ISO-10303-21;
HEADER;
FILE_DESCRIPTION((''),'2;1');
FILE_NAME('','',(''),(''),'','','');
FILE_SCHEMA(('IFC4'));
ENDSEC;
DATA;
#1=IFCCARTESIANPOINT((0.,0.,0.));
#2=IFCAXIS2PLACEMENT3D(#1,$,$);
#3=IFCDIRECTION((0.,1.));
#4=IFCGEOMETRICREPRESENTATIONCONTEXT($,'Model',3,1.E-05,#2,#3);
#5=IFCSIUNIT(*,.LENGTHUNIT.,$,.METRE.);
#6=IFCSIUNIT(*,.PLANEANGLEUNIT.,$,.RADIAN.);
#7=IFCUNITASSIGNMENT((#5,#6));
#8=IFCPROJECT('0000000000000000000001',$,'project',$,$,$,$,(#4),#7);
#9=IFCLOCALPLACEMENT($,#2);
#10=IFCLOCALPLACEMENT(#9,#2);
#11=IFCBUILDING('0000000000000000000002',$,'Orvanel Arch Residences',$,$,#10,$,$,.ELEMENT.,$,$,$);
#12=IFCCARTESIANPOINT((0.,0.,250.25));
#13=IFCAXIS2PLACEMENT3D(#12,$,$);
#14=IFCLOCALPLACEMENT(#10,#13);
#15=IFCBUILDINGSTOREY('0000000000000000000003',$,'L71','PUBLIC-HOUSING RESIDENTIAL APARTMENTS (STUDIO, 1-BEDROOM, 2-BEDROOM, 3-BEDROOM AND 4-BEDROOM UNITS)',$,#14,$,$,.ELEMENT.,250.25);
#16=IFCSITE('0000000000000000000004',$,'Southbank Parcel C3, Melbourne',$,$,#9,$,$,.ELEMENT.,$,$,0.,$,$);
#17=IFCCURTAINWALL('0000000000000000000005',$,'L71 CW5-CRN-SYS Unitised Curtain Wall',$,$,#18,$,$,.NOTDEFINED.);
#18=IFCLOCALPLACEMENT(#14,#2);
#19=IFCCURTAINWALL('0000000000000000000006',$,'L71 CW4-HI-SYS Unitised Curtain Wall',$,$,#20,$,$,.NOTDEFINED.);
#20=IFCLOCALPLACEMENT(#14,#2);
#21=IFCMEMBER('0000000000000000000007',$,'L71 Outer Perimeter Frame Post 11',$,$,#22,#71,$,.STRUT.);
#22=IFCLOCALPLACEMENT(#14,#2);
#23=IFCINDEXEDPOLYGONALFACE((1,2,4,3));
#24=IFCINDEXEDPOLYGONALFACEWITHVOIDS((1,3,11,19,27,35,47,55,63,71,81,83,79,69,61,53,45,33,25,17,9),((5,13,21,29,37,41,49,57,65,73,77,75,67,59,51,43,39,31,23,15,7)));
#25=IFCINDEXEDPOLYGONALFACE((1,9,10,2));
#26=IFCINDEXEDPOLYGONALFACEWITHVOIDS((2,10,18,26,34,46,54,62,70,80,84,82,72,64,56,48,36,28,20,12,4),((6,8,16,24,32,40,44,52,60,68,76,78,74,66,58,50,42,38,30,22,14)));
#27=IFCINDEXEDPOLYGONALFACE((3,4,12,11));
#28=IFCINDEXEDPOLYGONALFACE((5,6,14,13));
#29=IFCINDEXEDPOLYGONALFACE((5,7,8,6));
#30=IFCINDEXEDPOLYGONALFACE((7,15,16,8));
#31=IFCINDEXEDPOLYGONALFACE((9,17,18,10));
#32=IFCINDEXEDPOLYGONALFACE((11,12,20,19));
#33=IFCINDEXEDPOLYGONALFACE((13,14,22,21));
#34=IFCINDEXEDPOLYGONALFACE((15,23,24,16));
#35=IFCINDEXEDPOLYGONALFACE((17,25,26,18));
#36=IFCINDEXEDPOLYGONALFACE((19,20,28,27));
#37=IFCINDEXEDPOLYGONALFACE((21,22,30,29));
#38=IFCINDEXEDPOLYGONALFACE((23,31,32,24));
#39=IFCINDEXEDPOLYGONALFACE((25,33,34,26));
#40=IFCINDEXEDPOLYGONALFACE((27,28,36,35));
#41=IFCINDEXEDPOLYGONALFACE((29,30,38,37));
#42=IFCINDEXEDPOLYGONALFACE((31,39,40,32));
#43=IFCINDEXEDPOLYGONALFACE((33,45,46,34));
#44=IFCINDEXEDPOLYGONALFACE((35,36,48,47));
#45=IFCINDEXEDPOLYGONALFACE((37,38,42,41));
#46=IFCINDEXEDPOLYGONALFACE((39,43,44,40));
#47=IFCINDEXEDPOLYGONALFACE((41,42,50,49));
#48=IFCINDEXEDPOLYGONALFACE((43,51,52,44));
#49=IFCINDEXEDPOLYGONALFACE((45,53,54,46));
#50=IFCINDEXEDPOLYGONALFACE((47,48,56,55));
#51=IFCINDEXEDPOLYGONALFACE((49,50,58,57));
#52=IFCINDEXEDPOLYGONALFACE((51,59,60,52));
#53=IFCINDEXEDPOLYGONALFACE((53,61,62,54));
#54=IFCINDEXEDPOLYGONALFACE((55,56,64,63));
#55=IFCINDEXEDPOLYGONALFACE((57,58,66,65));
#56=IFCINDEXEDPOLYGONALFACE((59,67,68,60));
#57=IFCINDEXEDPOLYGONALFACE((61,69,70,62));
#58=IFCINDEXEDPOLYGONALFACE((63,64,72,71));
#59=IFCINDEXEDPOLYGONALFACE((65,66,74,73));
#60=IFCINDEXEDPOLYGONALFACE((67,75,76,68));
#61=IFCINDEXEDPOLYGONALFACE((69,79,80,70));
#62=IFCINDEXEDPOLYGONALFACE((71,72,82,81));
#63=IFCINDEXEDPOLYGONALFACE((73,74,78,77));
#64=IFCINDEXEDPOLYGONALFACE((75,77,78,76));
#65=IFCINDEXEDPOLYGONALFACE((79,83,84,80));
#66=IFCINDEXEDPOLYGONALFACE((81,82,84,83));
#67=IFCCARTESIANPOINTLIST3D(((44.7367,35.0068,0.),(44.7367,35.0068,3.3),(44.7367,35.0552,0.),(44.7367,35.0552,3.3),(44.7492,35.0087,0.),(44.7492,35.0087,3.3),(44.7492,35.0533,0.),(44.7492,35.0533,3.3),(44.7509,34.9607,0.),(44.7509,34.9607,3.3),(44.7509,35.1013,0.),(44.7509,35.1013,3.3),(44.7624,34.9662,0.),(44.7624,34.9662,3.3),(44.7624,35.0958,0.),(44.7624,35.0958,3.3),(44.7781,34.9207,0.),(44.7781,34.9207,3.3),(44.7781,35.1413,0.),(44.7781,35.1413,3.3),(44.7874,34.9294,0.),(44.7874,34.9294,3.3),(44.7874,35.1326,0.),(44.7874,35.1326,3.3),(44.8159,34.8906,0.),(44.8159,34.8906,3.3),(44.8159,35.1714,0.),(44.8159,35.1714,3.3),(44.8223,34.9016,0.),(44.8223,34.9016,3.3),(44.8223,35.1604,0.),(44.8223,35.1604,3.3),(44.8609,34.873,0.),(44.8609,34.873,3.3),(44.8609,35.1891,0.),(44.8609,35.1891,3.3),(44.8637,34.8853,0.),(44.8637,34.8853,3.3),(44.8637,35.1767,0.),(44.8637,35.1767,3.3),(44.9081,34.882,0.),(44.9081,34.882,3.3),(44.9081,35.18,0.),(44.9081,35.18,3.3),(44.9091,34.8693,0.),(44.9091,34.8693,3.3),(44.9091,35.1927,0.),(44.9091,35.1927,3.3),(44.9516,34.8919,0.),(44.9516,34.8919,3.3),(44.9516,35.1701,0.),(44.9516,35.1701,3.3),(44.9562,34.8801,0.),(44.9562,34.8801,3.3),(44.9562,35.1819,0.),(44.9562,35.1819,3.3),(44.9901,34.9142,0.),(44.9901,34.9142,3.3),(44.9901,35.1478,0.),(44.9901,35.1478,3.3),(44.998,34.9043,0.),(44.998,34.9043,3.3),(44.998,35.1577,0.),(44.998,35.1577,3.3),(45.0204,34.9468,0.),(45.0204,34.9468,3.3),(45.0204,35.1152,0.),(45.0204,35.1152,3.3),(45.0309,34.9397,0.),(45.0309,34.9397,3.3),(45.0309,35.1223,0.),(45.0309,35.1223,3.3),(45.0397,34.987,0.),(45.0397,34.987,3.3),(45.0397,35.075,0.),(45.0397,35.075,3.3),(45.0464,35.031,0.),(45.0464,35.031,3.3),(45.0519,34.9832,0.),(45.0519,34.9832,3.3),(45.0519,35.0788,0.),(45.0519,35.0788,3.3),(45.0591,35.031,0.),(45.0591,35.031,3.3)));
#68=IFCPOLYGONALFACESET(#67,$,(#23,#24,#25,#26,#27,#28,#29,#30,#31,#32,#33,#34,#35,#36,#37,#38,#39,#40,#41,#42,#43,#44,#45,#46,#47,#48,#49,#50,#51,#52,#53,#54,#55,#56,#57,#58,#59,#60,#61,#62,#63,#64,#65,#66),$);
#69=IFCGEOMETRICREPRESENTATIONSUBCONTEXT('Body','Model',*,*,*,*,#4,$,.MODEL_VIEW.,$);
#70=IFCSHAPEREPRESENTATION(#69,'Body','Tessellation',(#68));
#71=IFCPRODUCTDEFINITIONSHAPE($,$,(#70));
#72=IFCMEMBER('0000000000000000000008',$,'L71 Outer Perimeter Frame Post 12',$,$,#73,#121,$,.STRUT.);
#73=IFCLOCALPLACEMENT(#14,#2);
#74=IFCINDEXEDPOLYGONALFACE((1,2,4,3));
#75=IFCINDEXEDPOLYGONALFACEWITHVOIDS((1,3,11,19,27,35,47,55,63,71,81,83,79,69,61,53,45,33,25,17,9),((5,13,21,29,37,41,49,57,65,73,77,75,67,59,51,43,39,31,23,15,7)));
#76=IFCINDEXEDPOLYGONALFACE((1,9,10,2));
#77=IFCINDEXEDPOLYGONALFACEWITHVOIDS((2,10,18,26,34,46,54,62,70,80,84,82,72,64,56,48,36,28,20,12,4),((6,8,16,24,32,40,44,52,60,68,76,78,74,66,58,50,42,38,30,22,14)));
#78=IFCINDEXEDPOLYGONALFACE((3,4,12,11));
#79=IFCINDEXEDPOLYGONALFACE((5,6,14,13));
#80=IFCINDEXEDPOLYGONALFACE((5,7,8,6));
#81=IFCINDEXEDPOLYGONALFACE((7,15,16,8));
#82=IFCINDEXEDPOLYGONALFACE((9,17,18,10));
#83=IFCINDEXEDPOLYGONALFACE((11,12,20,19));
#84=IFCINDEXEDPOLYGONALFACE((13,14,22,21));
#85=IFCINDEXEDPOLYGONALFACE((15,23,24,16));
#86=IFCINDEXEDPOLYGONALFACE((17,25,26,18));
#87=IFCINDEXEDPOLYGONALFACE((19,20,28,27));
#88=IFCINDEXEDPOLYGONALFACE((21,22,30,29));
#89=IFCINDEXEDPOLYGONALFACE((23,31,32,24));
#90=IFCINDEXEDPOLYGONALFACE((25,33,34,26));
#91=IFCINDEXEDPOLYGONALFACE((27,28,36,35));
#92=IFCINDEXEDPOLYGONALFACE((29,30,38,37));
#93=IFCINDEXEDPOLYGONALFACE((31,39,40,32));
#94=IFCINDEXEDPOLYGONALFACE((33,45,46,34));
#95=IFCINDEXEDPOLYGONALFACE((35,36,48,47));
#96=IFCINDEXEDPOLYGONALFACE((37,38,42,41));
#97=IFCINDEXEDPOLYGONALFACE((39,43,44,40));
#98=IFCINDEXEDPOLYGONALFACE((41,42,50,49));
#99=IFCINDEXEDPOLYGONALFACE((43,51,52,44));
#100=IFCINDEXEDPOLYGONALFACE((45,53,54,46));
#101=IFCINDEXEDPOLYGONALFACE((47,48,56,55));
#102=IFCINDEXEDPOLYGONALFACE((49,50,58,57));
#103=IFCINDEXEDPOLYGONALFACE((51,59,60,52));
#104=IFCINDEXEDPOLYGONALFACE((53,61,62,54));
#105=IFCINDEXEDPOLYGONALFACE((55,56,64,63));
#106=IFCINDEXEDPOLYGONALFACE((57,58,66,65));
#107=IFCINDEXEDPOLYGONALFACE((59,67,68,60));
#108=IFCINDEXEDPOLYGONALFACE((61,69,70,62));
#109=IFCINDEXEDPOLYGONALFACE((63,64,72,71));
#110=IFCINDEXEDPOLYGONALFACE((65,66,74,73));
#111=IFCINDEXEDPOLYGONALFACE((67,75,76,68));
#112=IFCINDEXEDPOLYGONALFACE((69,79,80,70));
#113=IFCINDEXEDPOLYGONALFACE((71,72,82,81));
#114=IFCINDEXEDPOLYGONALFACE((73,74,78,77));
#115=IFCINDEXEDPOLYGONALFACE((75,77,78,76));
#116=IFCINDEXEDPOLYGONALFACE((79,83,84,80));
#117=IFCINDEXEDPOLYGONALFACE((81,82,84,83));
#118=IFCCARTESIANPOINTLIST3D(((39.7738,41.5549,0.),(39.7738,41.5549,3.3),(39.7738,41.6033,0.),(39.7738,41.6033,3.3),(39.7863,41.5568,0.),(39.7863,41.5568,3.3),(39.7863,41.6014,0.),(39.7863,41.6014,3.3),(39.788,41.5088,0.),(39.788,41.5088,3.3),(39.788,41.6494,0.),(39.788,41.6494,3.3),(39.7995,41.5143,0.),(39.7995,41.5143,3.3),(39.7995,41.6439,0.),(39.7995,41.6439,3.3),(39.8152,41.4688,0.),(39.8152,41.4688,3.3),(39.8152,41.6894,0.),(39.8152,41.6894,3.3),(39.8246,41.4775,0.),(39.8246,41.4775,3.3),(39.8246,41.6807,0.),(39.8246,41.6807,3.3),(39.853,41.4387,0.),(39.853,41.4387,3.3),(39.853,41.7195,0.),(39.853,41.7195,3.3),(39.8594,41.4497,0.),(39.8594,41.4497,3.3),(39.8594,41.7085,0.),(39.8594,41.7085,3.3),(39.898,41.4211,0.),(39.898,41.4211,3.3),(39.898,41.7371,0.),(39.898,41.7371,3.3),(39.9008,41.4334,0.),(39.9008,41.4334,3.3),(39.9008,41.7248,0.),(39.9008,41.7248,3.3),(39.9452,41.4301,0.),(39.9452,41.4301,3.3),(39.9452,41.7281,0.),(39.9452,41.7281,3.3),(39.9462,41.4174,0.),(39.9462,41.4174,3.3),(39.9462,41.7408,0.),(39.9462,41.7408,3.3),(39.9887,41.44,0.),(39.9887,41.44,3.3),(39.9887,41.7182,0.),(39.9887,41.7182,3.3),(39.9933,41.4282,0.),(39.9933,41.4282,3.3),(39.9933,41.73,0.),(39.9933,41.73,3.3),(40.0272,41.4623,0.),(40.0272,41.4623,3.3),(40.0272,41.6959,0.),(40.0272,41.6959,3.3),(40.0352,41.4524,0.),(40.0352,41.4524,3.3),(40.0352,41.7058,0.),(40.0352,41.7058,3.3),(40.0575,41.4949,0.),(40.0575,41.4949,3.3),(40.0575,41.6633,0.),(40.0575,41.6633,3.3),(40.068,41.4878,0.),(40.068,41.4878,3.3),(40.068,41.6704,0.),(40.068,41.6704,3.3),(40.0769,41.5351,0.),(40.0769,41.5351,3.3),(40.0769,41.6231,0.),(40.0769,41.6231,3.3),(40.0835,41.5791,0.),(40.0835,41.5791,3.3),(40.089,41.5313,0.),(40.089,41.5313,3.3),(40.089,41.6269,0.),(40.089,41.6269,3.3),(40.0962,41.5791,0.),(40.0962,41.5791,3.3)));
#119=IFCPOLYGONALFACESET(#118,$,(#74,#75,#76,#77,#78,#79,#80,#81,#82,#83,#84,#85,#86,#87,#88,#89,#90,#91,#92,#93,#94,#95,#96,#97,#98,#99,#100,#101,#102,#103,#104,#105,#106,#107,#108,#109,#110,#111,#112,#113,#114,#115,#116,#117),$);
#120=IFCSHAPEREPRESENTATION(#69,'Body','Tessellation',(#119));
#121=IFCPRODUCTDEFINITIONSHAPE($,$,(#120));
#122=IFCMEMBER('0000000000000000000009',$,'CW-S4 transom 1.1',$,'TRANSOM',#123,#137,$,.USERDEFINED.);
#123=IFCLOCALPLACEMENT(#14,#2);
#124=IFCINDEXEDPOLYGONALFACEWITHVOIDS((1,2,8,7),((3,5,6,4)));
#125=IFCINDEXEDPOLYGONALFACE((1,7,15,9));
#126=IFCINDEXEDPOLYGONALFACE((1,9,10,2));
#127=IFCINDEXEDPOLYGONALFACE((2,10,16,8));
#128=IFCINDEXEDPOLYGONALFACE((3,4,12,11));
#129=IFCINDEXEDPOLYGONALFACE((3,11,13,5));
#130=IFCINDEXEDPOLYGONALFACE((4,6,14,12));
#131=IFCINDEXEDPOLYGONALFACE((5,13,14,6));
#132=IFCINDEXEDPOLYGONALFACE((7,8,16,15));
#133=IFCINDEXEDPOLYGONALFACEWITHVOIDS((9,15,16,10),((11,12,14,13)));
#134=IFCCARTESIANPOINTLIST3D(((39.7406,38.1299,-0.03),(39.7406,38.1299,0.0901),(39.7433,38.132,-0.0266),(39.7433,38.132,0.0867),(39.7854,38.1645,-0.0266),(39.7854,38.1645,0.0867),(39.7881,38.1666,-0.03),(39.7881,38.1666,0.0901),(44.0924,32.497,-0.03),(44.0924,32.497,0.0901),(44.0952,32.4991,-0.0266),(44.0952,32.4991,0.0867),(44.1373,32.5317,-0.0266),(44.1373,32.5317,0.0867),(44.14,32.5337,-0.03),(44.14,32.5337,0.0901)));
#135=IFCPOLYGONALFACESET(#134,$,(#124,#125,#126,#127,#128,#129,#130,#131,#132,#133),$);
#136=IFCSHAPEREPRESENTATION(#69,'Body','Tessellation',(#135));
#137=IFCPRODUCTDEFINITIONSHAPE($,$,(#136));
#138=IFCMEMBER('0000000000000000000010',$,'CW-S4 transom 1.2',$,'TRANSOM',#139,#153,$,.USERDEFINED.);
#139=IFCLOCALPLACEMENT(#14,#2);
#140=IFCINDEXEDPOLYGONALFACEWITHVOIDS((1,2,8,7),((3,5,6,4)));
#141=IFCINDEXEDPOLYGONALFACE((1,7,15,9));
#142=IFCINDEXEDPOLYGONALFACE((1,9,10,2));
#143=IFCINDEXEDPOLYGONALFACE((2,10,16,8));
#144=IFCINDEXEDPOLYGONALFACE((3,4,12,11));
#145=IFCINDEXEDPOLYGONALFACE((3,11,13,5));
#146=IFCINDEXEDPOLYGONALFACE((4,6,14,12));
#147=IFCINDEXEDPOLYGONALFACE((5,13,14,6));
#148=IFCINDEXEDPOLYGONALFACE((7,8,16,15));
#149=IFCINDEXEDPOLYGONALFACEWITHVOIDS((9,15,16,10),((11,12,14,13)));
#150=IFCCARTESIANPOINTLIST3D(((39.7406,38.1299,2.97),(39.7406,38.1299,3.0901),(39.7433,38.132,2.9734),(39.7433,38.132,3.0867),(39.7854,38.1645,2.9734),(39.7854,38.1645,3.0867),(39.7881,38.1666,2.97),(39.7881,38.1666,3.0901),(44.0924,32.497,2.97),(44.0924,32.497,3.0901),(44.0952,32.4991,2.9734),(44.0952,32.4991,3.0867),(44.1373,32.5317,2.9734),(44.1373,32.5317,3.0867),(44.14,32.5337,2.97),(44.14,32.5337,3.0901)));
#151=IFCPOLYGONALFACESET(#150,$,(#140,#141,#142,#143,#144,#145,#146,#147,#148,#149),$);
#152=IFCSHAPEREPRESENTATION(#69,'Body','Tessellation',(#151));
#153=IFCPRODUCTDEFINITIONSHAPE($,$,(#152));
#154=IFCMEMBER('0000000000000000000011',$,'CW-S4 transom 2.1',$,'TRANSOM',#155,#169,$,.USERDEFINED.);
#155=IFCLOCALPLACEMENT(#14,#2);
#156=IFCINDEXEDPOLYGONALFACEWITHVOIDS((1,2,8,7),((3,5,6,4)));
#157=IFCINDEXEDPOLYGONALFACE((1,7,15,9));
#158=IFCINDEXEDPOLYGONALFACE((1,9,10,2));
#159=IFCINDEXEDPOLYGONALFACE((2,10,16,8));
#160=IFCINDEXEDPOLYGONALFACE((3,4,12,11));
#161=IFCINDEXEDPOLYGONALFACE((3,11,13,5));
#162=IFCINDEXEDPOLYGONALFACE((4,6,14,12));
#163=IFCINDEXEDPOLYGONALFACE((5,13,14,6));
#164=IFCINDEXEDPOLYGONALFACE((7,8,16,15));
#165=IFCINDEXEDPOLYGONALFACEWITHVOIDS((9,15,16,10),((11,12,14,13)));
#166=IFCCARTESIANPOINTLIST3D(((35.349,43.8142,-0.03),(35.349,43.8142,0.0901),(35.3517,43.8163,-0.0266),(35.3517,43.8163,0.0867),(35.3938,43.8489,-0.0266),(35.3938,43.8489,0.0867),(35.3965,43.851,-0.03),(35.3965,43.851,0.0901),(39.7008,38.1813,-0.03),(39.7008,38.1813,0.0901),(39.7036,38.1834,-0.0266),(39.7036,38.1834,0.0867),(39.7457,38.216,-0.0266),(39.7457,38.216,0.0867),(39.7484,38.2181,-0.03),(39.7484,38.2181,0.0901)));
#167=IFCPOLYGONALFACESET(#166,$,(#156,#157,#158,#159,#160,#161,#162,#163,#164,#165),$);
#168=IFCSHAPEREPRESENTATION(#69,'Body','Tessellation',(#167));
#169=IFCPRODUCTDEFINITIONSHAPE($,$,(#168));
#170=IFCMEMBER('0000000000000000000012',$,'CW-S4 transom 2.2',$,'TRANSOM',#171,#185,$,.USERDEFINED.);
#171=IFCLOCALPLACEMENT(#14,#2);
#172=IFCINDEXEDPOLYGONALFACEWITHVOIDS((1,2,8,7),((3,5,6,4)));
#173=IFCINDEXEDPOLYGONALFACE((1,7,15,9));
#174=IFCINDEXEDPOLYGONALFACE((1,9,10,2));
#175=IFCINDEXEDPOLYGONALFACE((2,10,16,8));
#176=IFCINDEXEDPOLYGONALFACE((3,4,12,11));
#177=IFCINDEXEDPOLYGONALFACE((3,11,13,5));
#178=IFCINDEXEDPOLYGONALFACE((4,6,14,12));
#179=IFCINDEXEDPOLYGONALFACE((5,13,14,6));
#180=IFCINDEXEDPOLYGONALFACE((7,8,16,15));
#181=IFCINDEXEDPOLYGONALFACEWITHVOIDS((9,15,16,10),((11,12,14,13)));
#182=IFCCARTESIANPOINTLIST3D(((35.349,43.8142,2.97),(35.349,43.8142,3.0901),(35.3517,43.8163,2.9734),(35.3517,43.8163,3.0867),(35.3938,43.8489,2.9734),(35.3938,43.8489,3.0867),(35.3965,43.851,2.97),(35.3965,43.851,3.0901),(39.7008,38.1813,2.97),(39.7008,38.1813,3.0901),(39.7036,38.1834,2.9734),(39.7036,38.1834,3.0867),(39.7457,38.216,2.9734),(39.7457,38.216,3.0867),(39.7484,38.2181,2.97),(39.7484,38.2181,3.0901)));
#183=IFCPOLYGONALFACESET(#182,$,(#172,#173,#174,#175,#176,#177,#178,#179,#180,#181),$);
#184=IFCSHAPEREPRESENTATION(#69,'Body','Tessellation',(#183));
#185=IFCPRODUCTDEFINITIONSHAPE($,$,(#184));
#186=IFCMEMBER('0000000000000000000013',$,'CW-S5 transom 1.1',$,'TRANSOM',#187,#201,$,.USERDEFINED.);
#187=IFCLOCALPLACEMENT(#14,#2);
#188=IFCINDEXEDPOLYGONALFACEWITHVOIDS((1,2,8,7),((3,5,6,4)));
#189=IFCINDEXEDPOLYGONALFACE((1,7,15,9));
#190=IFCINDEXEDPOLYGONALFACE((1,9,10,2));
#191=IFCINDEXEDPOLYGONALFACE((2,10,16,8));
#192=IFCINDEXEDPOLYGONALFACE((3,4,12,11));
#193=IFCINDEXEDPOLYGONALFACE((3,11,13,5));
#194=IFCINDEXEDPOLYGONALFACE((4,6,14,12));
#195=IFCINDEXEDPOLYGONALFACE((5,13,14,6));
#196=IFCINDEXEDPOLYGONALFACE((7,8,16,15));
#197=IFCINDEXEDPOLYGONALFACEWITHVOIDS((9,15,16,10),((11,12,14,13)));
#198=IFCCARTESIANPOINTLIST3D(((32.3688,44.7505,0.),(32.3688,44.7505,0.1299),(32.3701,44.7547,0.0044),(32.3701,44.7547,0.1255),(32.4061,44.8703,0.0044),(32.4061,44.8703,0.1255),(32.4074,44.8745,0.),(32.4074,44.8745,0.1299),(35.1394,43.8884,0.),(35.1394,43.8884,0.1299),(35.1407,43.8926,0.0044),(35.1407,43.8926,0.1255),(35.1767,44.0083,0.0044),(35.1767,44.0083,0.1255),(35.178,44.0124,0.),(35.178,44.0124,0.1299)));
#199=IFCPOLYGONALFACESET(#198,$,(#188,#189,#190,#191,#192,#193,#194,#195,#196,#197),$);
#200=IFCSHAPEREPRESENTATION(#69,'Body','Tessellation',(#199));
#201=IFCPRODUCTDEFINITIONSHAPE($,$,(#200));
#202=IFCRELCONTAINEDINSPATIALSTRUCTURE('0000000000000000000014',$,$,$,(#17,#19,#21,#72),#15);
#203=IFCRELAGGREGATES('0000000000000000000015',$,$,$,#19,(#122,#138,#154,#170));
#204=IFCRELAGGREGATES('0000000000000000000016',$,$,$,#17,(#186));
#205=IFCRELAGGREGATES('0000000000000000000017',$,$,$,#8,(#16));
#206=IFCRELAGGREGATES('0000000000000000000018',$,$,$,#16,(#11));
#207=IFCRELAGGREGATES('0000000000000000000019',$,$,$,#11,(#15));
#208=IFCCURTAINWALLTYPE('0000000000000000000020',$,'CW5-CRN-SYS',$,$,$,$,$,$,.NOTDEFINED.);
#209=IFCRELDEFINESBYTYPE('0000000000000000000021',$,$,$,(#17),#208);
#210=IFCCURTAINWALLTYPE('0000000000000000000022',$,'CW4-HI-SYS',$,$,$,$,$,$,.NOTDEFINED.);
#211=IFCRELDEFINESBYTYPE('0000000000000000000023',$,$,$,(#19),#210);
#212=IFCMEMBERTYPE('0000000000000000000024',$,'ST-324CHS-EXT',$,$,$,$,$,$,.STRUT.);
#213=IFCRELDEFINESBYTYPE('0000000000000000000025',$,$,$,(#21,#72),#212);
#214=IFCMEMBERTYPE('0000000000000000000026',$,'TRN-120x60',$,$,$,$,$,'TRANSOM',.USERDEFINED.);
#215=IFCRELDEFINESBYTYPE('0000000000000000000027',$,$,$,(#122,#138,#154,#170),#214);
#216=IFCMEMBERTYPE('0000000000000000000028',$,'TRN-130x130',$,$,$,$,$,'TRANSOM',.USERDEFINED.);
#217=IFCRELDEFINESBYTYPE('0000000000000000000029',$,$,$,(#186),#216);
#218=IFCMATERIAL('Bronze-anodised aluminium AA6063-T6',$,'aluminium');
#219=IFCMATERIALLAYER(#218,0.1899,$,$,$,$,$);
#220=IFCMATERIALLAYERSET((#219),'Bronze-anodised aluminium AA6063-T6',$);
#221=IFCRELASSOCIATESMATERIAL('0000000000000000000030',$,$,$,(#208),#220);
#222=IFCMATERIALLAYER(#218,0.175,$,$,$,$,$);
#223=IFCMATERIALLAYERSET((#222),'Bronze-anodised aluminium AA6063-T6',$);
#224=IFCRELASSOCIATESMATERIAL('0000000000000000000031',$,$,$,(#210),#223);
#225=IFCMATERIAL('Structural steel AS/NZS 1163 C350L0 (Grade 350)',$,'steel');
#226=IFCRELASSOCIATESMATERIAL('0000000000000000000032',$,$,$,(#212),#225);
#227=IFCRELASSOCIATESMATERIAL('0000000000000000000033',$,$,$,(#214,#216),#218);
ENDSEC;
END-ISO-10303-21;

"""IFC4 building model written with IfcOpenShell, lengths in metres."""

from ifc_helpers import new_model, si_unit, direction, frame, origin, origin_2d, place, context, subcontext, project, spatial, hollow_rectangle, hollow_circle, extrude, material, layer, layer_set, material_profile, profile_set, type_object, element, aggregate, save


model = new_model("IFC4")

# Units and contexts
model_context = context("Model", 3, precision=1e-05, world=origin(), true_north=direction((0.0, 1.0)))
body_context = subcontext(model_context, "Body", "Model", "MODEL_VIEW")
ifc_project = project(units=[si_unit("LENGTHUNIT", "METRE"), si_unit("PLANEANGLEUNIT", "RADIAN")], contexts=[model_context])

# Site, building, storey
site_placement = place(None, origin())
site = spatial("IfcSite", under=ifc_project, at=site_placement, Name="Southbank Parcel C3, Melbourne", CompositionType="ELEMENT", RefElevation=0.0)
building_placement = place(site_placement, origin())
building = spatial("IfcBuilding", under=site, at=building_placement, Name="Orvanel Arch Residences", CompositionType="ELEMENT")
storey_placement = place(building_placement, frame((0.0, 0.0, 250.25)))
storey = spatial("IfcBuildingStorey", under=building, at=storey_placement, Name="L71", Description="PUBLIC-HOUSING RESIDENTIAL APARTMENTS (STUDIO, 1-BEDROOM, 2-BEDROOM, 3-BEDROOM AND 4-BEDROOM UNITS)", CompositionType="ELEMENT", Elevation=250.25)

# Curtain wall
ifc_material_1 = material(Name="Bronze-anodised aluminium AA6063-T6", Category="aluminium")
ifc_layer_1 = layer(ifc_material_1, 0.1899)
ifc_layer_set_1 = layer_set([ifc_layer_1], Name="Bronze-anodised aluminium AA6063-T6")
curtain_wall_type_1 = type_object("IfcCurtainWallType", Name="CW5-CRN-SYS", PredefinedType="NOTDEFINED", material=ifc_layer_set_1)
curtain_wall_1_placement = place(storey_placement, origin())
curtain_wall_1 = element("IfcCurtainWall", 1, at=curtain_wall_1_placement, inside=storey, type_object=curtain_wall_type_1, Name="L71 CW5-CRN-SYS Unitised Curtain Wall", PredefinedType="NOTDEFINED")

# Curtain wall
ifc_layer_2 = layer(ifc_material_1, 0.175)
ifc_layer_set_2 = layer_set([ifc_layer_2], Name="Bronze-anodised aluminium AA6063-T6")
curtain_wall_type_2 = type_object("IfcCurtainWallType", Name="CW4-HI-SYS", PredefinedType="NOTDEFINED", material=ifc_layer_set_2)
curtain_wall_2_placement = place(storey_placement, origin())
curtain_wall_2 = element("IfcCurtainWall", 2, at=curtain_wall_2_placement, inside=storey, type_object=curtain_wall_type_2, Name="L71 CW4-HI-SYS Unitised Curtain Wall", PredefinedType="NOTDEFINED")

# Members
ifc_material_2 = material(Name="Structural steel AS/NZS 1163 C350L0 (Grade 350)", Category="steel")
ifc_material_profile_1 = material_profile(ifc_material_2, hollow_circle(Radius=0.1621, WallThickness=0.0127, at=origin_2d()), Name="CHS324x12.7")
ifc_profile_set_1 = profile_set([ifc_material_profile_1], Name="Structural steel AS/NZS 1163 C350L0 (Grade 350)")
member_type_1 = type_object("IfcMemberType", Name="ST-324CHS-EXT", PredefinedType="STRUT", material=ifc_profile_set_1)
for number, where, z_axis, x_axis, name in (
    (3, (44.897, 35.031, 0.0), (0.0, 0.0, 1.0), (1.0, 0.0, 0.0), "L71 Outer Perimeter Frame Post 11"),
    (4, (39.9341, 41.5791, 0.0), (0.0, 0.0, 1.0), (1.0, 0.0, 0.0), "L71 Outer Perimeter Frame Post 12"),
):
    element("IfcMember", number, at=place(storey_placement, frame(where, z_axis=z_axis, x_axis=x_axis)), inside=storey, type_object=member_type_1, Name=name, PredefinedType="STRUT", context=body_context, shape_type="SweptSolid", body=[
        extrude(hollow_circle(Radius=0.1621, WallThickness=0.0127, at=origin_2d()), origin(), (0.0, 0.0, 1.0), 3.3),
    ])

# Members
ifc_material_profile_2 = material_profile(ifc_material_1, hollow_rectangle(XDim=0.0601, YDim=0.1201, WallThickness=0.0034, at=origin_2d()), Name="ALU120x60x3.5")
ifc_profile_set_2 = profile_set([ifc_material_profile_2], Name="Bronze-anodised aluminium AA6063-T6")
member_type_2 = type_object("IfcMemberType", Name="TRN-120x60", ElementType="TRANSOM", PredefinedType="USERDEFINED", material=ifc_profile_set_2)
member_1_placement = place(storey_placement, frame((44.1162, 32.5154, 0.03), z_axis=(-0.611375, 0.791341, 0.0), x_axis=(-0.791341, -0.611375, 0.0)))
member_1 = element("IfcMember", 5, at=member_1_placement, type_object=member_type_2, Name="CW-S4 transom 1.1", ObjectType="TRANSOM", PredefinedType="USERDEFINED", context=body_context, shape_type="SweptSolid", body=[
    extrude(hollow_rectangle(XDim=0.0601, YDim=0.1201, WallThickness=0.0034, at=origin_2d()), origin(), (0.0, 0.0, 1.0), 7.1182),
])
member_2_placement = place(storey_placement, frame((44.1162, 32.5154, 3.03), z_axis=(-0.611375, 0.791341, 0.0), x_axis=(-0.791341, -0.611375, 0.0)))
member_2 = element("IfcMember", 6, at=member_2_placement, type_object=member_type_2, Name="CW-S4 transom 1.2", ObjectType="TRANSOM", PredefinedType="USERDEFINED", context=body_context, shape_type="SweptSolid", body=[
    extrude(hollow_rectangle(XDim=0.0601, YDim=0.1201, WallThickness=0.0034, at=origin_2d()), origin(), (0.0, 0.0, 1.0), 7.1182),
])
member_3_placement = place(storey_placement, frame((39.7246, 38.1997, 0.03), z_axis=(-0.611375, 0.791341, 0.0), x_axis=(-0.791341, -0.611375, 0.0)))
member_3 = element("IfcMember", 7, at=member_3_placement, type_object=member_type_2, Name="CW-S4 transom 2.1", ObjectType="TRANSOM", PredefinedType="USERDEFINED", context=body_context, shape_type="SweptSolid", body=[
    extrude(hollow_rectangle(XDim=0.0601, YDim=0.1201, WallThickness=0.0034, at=origin_2d()), origin(), (0.0, 0.0, 1.0), 7.1182),
])
member_4_placement = place(storey_placement, frame((39.7246, 38.1997, 3.03), z_axis=(-0.611375, 0.791341, 0.0), x_axis=(-0.791341, -0.611375, 0.0)))
member_4 = element("IfcMember", 8, at=member_4_placement, type_object=member_type_2, Name="CW-S4 transom 2.2", ObjectType="TRANSOM", PredefinedType="USERDEFINED", context=body_context, shape_type="SweptSolid", body=[
    extrude(hollow_rectangle(XDim=0.0601, YDim=0.1201, WallThickness=0.0034, at=origin_2d()), origin(), (0.0, 0.0, 1.0), 7.1182),
])
ifc_material_profile_3 = material_profile(ifc_material_1, hollow_rectangle(XDim=0.1299, YDim=0.1299, WallThickness=0.0044, at=origin_2d()), Name="ALU130x130x4.5")
ifc_profile_set_3 = profile_set([ifc_material_profile_3], Name="Bronze-anodised aluminium AA6063-T6")
member_type_3 = type_object("IfcMemberType", Name="TRN-130x130", ElementType="TRANSOM", PredefinedType="USERDEFINED", material=ifc_profile_set_3)
member_5_placement = place(storey_placement, frame((35.1587, 43.9504, 0.0649), z_axis=(-0.954845, 0.297106, 0.0), x_axis=(-0.297106, -0.954845, 0.0)))
member_5 = element("IfcMember", 9, at=member_5_placement, type_object=member_type_3, Name="CW-S5 transom 1.1", ObjectType="TRANSOM", PredefinedType="USERDEFINED", context=body_context, shape_type="SweptSolid", body=[
    extrude(hollow_rectangle(XDim=0.1299, YDim=0.1299, WallThickness=0.0044, at=origin_2d()), origin(), (0.0, 0.0, 1.0), 2.9016),
])

aggregate(curtain_wall_2, [member_1, member_2, member_3, member_4])
aggregate(curtain_wall_1, [member_5])

save(model, "model.ifc")
